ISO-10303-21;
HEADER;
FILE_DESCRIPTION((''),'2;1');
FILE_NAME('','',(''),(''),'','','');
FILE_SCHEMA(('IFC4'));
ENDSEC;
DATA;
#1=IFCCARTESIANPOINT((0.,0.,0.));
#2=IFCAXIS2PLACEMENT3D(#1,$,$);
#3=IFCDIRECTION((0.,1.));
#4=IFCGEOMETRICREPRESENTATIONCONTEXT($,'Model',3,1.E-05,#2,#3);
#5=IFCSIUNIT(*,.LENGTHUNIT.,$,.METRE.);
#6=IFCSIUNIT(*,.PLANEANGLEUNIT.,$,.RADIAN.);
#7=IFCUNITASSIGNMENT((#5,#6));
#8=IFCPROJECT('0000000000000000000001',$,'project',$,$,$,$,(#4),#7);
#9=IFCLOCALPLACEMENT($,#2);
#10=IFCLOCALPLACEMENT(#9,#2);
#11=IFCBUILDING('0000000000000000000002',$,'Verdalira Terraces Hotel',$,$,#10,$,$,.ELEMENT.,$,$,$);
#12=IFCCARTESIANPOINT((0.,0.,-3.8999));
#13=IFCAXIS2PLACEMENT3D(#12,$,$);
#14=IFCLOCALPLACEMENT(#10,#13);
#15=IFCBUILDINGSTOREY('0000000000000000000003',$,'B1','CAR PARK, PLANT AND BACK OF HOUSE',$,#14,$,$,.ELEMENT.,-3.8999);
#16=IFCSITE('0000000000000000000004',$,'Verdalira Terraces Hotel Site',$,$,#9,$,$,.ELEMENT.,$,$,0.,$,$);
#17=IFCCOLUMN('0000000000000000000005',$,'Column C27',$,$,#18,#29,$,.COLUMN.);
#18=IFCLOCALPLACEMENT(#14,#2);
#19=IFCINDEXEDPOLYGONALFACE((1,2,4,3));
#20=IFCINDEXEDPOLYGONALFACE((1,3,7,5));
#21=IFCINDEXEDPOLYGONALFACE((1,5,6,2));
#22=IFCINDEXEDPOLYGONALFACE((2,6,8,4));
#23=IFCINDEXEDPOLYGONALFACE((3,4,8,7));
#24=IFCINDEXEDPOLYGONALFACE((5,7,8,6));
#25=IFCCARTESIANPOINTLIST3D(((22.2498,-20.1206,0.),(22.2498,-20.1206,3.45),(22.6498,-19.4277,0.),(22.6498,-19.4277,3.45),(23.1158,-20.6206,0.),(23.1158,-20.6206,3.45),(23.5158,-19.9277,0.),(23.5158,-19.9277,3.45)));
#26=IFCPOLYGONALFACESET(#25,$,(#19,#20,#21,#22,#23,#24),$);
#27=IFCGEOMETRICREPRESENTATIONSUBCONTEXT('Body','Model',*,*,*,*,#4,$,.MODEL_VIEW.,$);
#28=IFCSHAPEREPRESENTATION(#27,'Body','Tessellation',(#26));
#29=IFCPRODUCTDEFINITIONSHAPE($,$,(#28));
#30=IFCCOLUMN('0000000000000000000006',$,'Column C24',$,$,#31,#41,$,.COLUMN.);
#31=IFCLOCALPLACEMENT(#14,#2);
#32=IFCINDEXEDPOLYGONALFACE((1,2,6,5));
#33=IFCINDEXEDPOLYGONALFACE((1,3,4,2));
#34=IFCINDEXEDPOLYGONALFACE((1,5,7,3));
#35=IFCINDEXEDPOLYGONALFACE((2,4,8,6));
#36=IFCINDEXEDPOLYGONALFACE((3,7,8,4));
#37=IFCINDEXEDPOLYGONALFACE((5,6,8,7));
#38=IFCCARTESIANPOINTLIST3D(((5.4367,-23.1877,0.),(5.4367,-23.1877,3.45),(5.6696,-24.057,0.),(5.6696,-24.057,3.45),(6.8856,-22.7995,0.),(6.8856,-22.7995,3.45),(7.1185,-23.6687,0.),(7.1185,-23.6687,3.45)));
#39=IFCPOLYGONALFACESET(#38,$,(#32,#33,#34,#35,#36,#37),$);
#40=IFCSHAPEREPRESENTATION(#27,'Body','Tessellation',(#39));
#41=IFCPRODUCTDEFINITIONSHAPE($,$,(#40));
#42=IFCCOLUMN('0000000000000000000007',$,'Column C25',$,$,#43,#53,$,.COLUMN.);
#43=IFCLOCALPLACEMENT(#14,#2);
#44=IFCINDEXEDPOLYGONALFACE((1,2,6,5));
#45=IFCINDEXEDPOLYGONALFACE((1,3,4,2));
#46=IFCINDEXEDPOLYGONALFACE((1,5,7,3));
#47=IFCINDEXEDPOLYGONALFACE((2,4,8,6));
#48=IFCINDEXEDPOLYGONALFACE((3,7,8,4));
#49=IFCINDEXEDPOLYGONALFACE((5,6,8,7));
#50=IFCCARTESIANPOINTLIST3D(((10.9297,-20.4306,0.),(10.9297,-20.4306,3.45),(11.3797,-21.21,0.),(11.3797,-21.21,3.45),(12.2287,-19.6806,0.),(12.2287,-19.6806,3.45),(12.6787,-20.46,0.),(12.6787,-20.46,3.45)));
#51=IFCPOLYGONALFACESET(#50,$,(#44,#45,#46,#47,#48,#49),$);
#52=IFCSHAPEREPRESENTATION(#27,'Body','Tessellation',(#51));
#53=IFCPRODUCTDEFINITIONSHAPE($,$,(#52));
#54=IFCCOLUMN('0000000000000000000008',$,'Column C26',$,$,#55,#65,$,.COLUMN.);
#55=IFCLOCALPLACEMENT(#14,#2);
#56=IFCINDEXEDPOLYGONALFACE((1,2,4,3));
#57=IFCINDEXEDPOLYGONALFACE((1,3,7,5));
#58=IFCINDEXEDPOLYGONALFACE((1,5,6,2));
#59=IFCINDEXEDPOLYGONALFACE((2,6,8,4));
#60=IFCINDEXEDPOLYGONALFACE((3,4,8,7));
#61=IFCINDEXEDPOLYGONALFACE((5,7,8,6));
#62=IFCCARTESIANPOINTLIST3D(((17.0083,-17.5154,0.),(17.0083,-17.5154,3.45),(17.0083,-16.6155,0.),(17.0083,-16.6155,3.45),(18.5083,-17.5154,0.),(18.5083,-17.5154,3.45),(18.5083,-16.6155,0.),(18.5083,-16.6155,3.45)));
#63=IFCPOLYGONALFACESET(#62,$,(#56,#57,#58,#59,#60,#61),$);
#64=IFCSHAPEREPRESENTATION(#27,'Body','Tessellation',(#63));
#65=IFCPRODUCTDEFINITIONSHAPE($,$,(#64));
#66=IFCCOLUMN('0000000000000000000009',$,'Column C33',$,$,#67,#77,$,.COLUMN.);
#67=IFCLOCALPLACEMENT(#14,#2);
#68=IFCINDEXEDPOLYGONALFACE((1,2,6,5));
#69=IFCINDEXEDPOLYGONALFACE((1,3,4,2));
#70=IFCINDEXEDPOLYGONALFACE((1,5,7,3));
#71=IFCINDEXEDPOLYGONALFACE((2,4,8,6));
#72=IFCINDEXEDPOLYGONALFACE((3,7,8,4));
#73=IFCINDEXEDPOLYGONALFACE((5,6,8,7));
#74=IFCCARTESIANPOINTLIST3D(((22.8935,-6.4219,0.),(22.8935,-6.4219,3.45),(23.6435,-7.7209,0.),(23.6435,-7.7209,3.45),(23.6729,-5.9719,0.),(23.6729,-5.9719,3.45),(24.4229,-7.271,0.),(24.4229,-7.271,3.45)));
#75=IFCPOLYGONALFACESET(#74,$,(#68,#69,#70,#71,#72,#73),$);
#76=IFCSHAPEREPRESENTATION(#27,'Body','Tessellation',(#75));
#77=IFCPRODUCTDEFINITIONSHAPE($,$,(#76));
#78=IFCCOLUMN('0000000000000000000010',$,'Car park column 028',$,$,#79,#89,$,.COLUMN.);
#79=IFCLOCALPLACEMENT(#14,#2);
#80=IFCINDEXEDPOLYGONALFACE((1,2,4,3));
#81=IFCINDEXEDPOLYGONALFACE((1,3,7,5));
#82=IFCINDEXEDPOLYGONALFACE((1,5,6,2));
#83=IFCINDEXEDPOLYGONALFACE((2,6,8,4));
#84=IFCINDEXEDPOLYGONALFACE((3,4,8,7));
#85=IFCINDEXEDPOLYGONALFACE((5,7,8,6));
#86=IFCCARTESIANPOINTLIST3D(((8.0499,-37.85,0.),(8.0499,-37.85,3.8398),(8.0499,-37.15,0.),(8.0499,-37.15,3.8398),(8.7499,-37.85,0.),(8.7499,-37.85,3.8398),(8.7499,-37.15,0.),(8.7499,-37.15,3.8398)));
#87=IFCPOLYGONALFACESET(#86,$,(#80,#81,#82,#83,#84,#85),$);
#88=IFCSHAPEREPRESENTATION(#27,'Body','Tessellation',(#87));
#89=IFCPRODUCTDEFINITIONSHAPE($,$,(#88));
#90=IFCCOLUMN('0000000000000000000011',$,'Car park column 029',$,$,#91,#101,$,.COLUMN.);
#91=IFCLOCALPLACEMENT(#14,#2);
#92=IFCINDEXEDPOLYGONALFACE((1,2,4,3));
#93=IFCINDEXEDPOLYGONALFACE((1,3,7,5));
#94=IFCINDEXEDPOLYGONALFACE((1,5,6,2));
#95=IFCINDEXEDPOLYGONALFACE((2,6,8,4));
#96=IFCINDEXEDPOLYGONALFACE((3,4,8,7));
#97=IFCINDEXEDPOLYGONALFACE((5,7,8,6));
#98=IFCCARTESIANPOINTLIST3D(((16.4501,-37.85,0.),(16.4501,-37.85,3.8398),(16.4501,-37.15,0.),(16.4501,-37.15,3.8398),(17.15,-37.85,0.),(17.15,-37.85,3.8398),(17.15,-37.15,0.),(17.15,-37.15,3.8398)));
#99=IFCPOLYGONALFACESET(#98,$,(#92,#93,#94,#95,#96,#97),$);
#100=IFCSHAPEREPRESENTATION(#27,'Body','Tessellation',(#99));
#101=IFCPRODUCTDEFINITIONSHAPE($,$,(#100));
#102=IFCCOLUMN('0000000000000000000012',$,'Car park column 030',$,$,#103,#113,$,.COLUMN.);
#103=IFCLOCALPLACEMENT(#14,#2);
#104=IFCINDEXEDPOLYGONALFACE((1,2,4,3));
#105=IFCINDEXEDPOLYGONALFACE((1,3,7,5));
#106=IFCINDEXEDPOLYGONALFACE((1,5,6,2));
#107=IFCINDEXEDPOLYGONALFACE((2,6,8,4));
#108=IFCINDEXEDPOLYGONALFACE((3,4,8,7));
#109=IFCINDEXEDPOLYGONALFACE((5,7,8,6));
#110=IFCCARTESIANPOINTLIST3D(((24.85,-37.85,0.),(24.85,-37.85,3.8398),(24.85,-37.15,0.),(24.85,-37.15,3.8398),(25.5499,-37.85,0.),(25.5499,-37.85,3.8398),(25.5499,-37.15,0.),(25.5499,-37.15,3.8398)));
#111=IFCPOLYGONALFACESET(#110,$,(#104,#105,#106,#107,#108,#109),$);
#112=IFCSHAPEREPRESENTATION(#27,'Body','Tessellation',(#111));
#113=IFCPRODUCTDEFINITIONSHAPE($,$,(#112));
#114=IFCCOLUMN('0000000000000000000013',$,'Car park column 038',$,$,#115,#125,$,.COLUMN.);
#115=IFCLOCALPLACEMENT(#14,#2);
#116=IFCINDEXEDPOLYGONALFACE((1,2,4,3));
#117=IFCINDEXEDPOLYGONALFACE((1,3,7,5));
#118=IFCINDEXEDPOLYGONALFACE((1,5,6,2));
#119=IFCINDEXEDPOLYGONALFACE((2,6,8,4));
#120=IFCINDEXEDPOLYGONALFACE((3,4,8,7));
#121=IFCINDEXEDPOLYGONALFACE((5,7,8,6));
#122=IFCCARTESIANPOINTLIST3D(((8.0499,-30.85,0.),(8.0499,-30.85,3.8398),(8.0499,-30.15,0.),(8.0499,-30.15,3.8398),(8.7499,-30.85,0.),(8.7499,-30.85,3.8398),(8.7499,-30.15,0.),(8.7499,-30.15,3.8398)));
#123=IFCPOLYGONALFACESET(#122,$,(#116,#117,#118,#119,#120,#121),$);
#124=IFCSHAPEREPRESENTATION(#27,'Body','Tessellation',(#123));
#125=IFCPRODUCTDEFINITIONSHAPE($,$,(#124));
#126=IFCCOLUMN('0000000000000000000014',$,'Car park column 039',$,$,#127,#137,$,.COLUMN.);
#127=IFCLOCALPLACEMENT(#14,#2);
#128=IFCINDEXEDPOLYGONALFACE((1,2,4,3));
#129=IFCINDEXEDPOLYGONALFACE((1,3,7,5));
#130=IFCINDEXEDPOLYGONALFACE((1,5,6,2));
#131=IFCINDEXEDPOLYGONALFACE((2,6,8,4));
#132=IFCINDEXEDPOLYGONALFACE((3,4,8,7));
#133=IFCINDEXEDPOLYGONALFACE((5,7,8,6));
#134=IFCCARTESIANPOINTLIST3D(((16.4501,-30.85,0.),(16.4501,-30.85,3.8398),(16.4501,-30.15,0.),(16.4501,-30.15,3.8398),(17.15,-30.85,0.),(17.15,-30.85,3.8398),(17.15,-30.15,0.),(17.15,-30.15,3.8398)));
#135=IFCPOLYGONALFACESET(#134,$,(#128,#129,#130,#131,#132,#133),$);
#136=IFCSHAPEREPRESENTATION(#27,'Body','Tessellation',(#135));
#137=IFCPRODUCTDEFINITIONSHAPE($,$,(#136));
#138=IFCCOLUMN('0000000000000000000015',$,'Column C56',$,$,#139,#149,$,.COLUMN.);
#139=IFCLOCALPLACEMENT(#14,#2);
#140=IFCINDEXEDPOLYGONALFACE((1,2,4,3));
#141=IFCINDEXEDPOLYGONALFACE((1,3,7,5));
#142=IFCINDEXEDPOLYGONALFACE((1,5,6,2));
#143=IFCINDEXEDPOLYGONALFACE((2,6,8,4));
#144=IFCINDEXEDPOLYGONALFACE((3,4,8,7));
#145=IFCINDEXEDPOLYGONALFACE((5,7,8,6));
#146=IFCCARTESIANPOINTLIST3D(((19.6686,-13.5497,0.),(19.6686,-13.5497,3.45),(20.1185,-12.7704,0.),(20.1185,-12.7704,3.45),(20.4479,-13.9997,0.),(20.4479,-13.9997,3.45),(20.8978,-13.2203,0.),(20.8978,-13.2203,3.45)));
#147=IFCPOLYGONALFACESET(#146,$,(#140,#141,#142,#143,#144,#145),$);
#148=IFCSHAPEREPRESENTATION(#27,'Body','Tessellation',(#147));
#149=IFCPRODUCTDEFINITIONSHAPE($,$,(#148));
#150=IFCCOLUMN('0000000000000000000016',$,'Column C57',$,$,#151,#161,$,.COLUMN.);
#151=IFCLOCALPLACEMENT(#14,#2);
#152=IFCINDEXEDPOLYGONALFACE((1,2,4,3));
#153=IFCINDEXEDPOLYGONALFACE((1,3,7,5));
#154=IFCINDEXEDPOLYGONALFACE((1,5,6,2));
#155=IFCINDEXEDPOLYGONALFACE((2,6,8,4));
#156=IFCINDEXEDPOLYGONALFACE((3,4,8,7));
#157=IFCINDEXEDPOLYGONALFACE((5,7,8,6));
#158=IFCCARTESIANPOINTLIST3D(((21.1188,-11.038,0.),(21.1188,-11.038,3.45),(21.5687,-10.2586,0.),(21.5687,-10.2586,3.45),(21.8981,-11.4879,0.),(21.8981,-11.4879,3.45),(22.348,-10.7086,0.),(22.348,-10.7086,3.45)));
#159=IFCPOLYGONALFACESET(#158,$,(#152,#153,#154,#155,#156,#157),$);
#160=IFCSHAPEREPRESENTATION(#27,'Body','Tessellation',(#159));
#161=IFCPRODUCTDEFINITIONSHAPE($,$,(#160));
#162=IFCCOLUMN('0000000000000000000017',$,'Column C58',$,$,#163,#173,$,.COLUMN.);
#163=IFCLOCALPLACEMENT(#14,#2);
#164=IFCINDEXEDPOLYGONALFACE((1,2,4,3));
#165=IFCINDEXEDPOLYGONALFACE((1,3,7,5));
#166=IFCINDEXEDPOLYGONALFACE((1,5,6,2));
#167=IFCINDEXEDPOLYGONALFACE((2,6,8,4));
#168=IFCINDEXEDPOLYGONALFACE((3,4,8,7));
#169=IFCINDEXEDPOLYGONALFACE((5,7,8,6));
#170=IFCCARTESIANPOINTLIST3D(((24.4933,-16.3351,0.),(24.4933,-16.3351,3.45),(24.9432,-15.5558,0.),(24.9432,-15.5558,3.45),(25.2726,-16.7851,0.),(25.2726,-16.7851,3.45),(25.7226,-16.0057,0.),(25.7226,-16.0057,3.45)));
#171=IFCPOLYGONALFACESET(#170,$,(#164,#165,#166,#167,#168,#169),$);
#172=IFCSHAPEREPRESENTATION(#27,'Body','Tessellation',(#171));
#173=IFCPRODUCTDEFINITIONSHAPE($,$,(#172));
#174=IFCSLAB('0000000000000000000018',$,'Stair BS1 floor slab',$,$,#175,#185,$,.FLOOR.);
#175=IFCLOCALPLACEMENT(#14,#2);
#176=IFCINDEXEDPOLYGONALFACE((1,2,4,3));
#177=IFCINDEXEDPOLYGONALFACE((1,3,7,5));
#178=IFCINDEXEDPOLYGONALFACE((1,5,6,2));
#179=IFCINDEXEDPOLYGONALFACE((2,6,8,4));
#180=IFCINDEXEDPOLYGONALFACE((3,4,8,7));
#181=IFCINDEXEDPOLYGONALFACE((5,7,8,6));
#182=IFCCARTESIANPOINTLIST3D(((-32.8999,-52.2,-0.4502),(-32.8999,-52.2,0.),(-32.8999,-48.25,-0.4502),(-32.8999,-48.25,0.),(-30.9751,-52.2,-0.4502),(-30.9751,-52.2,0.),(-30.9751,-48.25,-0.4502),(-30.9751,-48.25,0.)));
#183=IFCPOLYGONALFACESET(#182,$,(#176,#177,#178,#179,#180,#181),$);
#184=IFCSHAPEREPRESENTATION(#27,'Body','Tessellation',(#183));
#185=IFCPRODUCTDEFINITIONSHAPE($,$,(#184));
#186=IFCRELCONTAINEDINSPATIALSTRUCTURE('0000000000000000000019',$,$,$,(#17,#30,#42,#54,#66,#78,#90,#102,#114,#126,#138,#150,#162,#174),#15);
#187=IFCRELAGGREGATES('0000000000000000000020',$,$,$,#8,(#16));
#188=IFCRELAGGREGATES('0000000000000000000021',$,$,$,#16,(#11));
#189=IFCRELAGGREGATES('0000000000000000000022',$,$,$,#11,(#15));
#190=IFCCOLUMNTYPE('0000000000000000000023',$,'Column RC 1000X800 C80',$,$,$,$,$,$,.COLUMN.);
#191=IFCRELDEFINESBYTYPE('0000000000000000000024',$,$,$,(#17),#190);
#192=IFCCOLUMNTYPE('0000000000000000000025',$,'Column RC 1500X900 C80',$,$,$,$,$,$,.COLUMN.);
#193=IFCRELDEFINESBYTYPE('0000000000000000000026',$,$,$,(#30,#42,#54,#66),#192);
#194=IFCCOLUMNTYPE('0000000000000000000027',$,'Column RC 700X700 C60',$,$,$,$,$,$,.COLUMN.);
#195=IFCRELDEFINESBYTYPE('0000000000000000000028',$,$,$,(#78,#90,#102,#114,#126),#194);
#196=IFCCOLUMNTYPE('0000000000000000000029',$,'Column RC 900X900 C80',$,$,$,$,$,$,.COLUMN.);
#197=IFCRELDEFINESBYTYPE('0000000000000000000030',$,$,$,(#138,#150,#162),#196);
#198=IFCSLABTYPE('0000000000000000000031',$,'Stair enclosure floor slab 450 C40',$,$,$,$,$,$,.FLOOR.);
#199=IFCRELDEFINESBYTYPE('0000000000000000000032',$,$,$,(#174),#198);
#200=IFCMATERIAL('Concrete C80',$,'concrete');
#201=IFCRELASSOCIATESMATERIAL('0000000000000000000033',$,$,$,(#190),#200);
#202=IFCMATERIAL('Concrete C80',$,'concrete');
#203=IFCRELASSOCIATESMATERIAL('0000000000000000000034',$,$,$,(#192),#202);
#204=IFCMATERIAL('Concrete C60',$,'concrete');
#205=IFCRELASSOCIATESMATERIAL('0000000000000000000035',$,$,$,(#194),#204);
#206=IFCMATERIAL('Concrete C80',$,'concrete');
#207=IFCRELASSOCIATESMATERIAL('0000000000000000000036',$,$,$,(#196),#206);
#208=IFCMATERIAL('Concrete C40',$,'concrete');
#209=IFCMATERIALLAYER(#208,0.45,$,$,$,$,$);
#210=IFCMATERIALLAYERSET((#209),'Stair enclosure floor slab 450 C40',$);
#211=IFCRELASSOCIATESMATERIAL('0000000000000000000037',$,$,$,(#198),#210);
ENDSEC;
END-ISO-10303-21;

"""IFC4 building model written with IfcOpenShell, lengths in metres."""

from ifc_helpers import new_model, si_unit, direction, frame, origin, origin_2d, place, context, subcontext, project, spatial, polyline, rectangle, outline, extrude, material, layer, layer_set, material_profile, profile_set, type_object, element, save


model = new_model("IFC4")

# Units and contexts
model_context = context("Model", 3, precision=1e-05, world=origin(), true_north=direction((0.0, 1.0)))
body_context = subcontext(model_context, "Body", "Model", "MODEL_VIEW")
ifc_project = project(units=[si_unit("LENGTHUNIT", "METRE"), si_unit("PLANEANGLEUNIT", "RADIAN")], contexts=[model_context])

# Site, building, storey
site_placement = place(None, origin())
site = spatial("IfcSite", under=ifc_project, at=site_placement, Name="Verdalira Terraces Hotel Site", CompositionType="ELEMENT", RefElevation=0.0)
building_placement = place(site_placement, origin())
building = spatial("IfcBuilding", under=site, at=building_placement, Name="Verdalira Terraces Hotel", CompositionType="ELEMENT")
storey_placement = place(building_placement, frame((0.0, 0.0, -3.8999)))
storey = spatial("IfcBuildingStorey", under=building, at=storey_placement, Name="B1", Description="CAR PARK, PLANT AND BACK OF HOUSE", CompositionType="ELEMENT", Elevation=-3.8999)

# Columns
ifc_material_1 = material(Name="Concrete C80", Category="concrete")
ifc_material_profile_1 = material_profile(ifc_material_1, rectangle(XDim=1.0, YDim=0.8, at=origin_2d()), Name="RC 1000X800")
ifc_profile_set_1 = profile_set([ifc_material_profile_1], Name="Concrete C80")
column_type_1 = type_object("IfcColumnType", Name="Column RC 1000X800 C80", PredefinedType="COLUMN", material=ifc_profile_set_1)
column_placement = place(storey_placement, frame((22.8828, -20.0242, 0.0), z_axis=(0.0, 0.0, 1.0), x_axis=(0.866025, -0.5, 0.0)))
element("IfcColumn", 1, at=column_placement, inside=storey, type_object=column_type_1, Name="Column C27", PredefinedType="COLUMN", context=body_context, shape_type="SweptSolid", body=[
    extrude(rectangle(XDim=1.0, YDim=0.8, at=origin_2d()), origin(), (0.0, 0.0, 1.0), 3.45),
])
ifc_material_2 = material(Name="Concrete C80", Category="concrete")
ifc_material_profile_2 = material_profile(ifc_material_2, rectangle(XDim=1.5, YDim=0.8999, at=origin_2d()), Name="RC 1500X900")
ifc_profile_set_2 = profile_set([ifc_material_profile_2], Name="Concrete C80")
column_type_2 = type_object("IfcColumnType", Name="Column RC 1500X900 C80", PredefinedType="COLUMN", material=ifc_profile_set_2)
for number, where, z_axis, x_axis, name in (
    (2, (6.2776, -23.4282, 0.0), (0.0, 0.0, 1.0), (-0.965926, -0.258819, 0.0), "Column C24"),
    (3, (11.8042, -20.4453, 0.0), (0.0, 0.0, 1.0), (0.866025, 0.5, 0.0), "Column C25"),
    (4, (17.7583, -17.0654, 0.0), (0.0, 0.0, 1.0), (-1.0, 0.0, 0.0), "Column C26"),
    (5, (23.6582, -6.8464, 0.0), (0.0, 0.0, 1.0), (0.5, -0.866025, 0.0), "Column C33"),
):
    element("IfcColumn", number, at=place(storey_placement, frame(where, z_axis=z_axis, x_axis=x_axis)), inside=storey, type_object=column_type_2, Name=name, PredefinedType="COLUMN", context=body_context, shape_type="SweptSolid", body=[
        extrude(rectangle(XDim=1.5, YDim=0.8999, at=origin_2d()), origin(), (0.0, 0.0, 1.0), 3.45),
    ])
ifc_material_3 = material(Name="Concrete C60", Category="concrete")
ifc_material_profile_3 = material_profile(ifc_material_3, rectangle(XDim=0.7, YDim=0.7, at=origin_2d()), Name="RC 700X700")
ifc_profile_set_3 = profile_set([ifc_material_profile_3], Name="Concrete C60")
column_type_3 = type_object("IfcColumnType", Name="Column RC 700X700 C60", PredefinedType="COLUMN", material=ifc_profile_set_3)
for number, where, z_axis, x_axis, name in (
    (6, (8.3999, -37.5, 0.0), (0.0, 0.0, 1.0), (1.0, 0.0, 0.0), "Car park column 028"),
    (7, (16.8, -37.5, 0.0), (0.0, 0.0, 1.0), (1.0, 0.0, 0.0), "Car park column 029"),
    (8, (25.2, -37.5, 0.0), (0.0, 0.0, 1.0), (1.0, 0.0, 0.0), "Car park column 030"),
    (9, (8.3999, -30.5, 0.0), (0.0, 0.0, 1.0), (1.0, 0.0, 0.0), "Car park column 038"),
    (10, (16.8, -30.5, 0.0), (0.0, 0.0, 1.0), (1.0, 0.0, 0.0), "Car park column 039"),
):
    element("IfcColumn", number, at=place(storey_placement, frame(where, z_axis=z_axis, x_axis=x_axis)), inside=storey, type_object=column_type_3, Name=name, PredefinedType="COLUMN", context=body_context, shape_type="SweptSolid", body=[
        extrude(rectangle(XDim=0.7, YDim=0.7, at=origin_2d()), origin(), (0.0, 0.0, 1.0), 3.8398),
    ])
ifc_material_4 = material(Name="Concrete C80", Category="concrete")
ifc_material_profile_4 = material_profile(ifc_material_4, rectangle(XDim=0.8999, YDim=0.8999, at=origin_2d()), Name="RC 900X900")
ifc_profile_set_4 = profile_set([ifc_material_profile_4], Name="Concrete C80")
column_type_4 = type_object("IfcColumnType", Name="Column RC 900X900 C80", PredefinedType="COLUMN", material=ifc_profile_set_4)
for number, where, z_axis, x_axis, name in (
    (11, (20.2832, -13.385, 0.0), (0.0, 0.0, 1.0), (0.866025, -0.5, 0.0), "Column C56"),
    (12, (21.7334, -10.8733, 0.0), (0.0, 0.0, 1.0), (0.866025, -0.5, 0.0), "Column C57"),
    (13, (25.1079, -16.1704, 0.0), (0.0, 0.0, 1.0), (0.866025, -0.5, 0.0), "Column C58"),
):
    element("IfcColumn", number, at=place(storey_placement, frame(where, z_axis=z_axis, x_axis=x_axis)), inside=storey, type_object=column_type_4, Name=name, PredefinedType="COLUMN", context=body_context, shape_type="SweptSolid", body=[
        extrude(rectangle(XDim=0.8999, YDim=0.8999, at=origin_2d()), origin(), (0.0, 0.0, 1.0), 3.45),
    ])

# Slab
ifc_material_5 = material(Name="Concrete C40", Category="concrete")
ifc_layer_1 = layer(ifc_material_5, 0.45)
ifc_layer_set_1 = layer_set([ifc_layer_1], Name="Stair enclosure floor slab 450 C40")
slab_type = type_object("IfcSlabType", Name="Stair enclosure floor slab 450 C40", PredefinedType="FLOOR", material=ifc_layer_set_1)
slab_placement = place(storey_placement, frame((0.0, 0.0, -0.4502)))
element("IfcSlab", 14, at=slab_placement, inside=storey, type_object=slab_type, Name="Stair BS1 floor slab", PredefinedType="FLOOR", context=body_context, shape_type="SweptSolid", body=[
    extrude(outline(polyline([(-32.8999, -48.25), (-30.9751, -48.25), (-30.9751, -52.2), (-32.8999, -52.2), (-32.8999, -48.25)])), origin(), (0.0, 0.0, 1.0), 0.4502),
])

save(model, "model.ifc")
